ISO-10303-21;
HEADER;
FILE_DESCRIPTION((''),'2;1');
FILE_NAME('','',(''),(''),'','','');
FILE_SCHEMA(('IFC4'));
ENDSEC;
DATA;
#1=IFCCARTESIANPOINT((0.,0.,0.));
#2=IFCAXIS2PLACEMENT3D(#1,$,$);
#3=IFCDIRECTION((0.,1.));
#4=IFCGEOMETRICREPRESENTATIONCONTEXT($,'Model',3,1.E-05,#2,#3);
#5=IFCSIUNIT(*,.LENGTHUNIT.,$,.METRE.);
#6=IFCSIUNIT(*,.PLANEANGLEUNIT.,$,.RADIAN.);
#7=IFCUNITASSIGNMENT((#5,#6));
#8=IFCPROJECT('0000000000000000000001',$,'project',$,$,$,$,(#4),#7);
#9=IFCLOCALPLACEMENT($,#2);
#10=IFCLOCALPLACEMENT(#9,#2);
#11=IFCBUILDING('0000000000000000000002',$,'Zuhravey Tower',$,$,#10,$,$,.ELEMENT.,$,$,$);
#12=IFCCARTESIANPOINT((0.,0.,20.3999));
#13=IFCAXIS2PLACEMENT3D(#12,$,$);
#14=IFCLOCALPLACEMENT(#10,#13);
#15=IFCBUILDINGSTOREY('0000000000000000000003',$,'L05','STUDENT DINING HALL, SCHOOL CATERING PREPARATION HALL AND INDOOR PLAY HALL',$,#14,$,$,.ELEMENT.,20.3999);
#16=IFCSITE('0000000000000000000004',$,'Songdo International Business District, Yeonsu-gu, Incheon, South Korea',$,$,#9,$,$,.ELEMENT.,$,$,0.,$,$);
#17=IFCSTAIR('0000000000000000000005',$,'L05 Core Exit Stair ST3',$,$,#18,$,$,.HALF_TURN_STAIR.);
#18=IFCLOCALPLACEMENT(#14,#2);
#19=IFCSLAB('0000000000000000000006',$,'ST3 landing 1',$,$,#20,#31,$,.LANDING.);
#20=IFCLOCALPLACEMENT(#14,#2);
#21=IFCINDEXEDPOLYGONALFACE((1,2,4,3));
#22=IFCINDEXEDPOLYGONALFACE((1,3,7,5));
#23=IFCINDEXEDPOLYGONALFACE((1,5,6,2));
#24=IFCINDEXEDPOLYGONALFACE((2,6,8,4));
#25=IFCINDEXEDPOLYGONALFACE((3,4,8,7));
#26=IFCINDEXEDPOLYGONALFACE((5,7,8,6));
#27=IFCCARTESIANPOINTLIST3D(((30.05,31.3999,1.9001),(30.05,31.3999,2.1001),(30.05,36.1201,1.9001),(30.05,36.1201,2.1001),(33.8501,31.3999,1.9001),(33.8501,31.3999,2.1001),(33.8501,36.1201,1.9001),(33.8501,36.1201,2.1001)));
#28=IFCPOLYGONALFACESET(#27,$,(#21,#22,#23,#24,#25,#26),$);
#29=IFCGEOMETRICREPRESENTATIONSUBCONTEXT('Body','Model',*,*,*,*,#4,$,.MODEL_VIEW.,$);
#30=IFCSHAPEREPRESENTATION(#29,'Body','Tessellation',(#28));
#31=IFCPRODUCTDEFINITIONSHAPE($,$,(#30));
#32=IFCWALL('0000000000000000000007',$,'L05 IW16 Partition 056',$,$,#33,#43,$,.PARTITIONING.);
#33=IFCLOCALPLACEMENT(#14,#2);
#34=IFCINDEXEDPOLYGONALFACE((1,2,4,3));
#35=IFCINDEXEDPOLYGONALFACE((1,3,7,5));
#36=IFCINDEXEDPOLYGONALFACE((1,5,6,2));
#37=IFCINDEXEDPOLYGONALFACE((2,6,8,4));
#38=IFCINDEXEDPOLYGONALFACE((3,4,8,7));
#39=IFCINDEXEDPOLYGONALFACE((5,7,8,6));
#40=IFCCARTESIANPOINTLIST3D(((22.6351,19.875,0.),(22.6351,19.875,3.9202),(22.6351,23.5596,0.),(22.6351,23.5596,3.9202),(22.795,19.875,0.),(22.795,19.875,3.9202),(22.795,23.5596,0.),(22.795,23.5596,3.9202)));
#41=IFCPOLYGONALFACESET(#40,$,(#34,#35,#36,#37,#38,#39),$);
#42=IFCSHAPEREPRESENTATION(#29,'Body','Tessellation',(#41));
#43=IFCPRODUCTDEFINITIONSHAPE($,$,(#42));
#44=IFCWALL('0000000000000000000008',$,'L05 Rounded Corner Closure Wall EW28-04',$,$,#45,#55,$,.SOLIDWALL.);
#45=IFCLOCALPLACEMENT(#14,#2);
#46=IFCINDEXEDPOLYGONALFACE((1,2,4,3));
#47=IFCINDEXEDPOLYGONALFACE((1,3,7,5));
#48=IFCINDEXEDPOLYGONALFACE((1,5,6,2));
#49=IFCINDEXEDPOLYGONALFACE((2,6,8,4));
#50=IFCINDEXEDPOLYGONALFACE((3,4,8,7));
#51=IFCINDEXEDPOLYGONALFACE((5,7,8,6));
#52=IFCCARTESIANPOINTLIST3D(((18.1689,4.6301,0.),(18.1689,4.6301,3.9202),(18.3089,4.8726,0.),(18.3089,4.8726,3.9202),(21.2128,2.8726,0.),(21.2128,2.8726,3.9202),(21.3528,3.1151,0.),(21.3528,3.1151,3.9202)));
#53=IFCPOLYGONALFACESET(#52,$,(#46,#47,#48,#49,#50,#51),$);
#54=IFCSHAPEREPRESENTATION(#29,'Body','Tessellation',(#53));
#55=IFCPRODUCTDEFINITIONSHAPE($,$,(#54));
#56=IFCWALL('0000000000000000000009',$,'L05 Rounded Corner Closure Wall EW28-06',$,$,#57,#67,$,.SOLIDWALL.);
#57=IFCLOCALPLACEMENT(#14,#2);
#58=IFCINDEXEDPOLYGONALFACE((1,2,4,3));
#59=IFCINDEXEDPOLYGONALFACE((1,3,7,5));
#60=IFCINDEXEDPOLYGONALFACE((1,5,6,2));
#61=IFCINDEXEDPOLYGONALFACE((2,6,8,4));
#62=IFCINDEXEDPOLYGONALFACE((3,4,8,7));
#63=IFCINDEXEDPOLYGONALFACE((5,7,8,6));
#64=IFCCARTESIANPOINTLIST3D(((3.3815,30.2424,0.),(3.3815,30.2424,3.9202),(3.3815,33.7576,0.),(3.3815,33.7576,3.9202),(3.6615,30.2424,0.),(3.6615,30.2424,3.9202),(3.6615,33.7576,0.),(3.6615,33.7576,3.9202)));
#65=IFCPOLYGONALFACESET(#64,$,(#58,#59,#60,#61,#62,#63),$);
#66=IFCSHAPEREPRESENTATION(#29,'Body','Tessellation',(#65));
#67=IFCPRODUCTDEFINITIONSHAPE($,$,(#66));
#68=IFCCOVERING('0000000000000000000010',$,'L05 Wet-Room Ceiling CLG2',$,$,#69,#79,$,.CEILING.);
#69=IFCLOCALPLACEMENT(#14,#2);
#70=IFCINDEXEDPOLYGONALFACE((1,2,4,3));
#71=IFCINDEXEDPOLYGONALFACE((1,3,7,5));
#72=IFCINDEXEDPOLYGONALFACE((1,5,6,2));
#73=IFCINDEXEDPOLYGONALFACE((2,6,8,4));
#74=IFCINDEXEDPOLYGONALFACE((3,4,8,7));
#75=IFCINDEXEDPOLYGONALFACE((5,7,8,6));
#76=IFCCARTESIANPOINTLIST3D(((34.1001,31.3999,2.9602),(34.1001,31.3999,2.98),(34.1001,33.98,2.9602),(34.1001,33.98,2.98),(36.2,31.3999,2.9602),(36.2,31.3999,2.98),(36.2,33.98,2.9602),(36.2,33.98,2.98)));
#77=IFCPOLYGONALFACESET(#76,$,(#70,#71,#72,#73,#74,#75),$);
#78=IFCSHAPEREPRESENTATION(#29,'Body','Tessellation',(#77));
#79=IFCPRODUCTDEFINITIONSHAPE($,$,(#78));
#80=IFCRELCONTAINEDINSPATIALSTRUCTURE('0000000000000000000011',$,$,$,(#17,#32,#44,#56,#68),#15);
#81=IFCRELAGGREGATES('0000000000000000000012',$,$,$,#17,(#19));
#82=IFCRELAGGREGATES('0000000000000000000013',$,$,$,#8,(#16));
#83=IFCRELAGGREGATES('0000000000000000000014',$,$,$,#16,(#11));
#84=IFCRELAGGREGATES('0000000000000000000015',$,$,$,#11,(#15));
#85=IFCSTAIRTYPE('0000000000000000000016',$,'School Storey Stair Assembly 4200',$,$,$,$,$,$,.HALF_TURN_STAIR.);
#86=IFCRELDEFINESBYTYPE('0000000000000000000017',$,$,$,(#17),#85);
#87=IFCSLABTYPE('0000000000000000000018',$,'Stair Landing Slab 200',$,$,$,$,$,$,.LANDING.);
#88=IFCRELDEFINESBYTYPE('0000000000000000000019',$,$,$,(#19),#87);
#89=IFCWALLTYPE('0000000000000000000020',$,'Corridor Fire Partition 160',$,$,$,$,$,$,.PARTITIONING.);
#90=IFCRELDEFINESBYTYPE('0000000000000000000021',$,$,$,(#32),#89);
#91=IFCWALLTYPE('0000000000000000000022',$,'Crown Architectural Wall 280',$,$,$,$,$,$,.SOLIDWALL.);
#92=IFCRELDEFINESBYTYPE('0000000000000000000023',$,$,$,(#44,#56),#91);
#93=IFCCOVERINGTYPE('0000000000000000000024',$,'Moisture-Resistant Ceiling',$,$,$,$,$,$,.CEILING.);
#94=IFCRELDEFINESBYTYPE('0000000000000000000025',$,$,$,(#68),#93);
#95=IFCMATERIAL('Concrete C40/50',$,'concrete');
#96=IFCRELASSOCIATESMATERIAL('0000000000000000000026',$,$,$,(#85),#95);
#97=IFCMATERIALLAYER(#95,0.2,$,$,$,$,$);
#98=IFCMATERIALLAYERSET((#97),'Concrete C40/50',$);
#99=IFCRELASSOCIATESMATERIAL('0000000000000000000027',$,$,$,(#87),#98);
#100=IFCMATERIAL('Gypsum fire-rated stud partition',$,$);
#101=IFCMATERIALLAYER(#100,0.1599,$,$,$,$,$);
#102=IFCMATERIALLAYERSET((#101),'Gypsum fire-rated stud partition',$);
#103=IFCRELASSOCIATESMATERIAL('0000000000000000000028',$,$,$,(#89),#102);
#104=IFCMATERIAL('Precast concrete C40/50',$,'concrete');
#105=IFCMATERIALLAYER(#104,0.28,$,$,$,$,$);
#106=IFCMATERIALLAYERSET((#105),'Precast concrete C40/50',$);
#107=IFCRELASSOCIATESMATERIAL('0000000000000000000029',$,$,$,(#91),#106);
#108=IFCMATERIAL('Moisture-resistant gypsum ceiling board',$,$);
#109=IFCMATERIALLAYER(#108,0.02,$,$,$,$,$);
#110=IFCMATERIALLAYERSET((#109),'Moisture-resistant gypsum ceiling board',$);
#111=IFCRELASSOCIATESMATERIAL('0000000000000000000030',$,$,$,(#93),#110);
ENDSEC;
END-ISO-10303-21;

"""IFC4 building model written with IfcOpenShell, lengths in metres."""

from ifc_helpers import new_model, si_unit, direction, frame, frame_2d, origin, place, context, subcontext, project, spatial, polyline, rectangle, outline, extrude, material, layer, layer_set, type_object, element, aggregate, save


model = new_model("IFC4")

# Units and contexts
model_context = context("Model", 3, precision=1e-05, world=origin(), true_north=direction((0.0, 1.0)))
body_context = subcontext(model_context, "Body", "Model", "MODEL_VIEW")
ifc_project = project(units=[si_unit("LENGTHUNIT", "METRE"), si_unit("PLANEANGLEUNIT", "RADIAN")], contexts=[model_context])

# Site, building, storey
site_placement = place(None, origin())
site = spatial("IfcSite", under=ifc_project, at=site_placement, Name="Songdo International Business District, Yeonsu-gu, Incheon, South Korea", CompositionType="ELEMENT", RefElevation=0.0)
building_placement = place(site_placement, origin())
building = spatial("IfcBuilding", under=site, at=building_placement, Name="Zuhravey Tower", CompositionType="ELEMENT")
storey_placement = place(building_placement, frame((0.0, 0.0, 20.3999)))
storey = spatial("IfcBuildingStorey", under=building, at=storey_placement, Name="L05", Description="STUDENT DINING HALL, SCHOOL CATERING PREPARATION HALL AND INDOOR PLAY HALL", CompositionType="ELEMENT", Elevation=20.3999)

# Stair, slab
ifc_material_1 = material(Name="Concrete C40/50", Category="concrete")
stair_type = type_object("IfcStairType", Name="School Storey Stair Assembly 4200", PredefinedType="HALF_TURN_STAIR", material=ifc_material_1)
ifc_layer_1 = layer(ifc_material_1, 0.2)
ifc_layer_set_1 = layer_set([ifc_layer_1], Name="Concrete C40/50")
slab_type_1 = type_object("IfcSlabType", Name="Stair Landing Slab 200", PredefinedType="LANDING", material=ifc_layer_set_1)
stair_1_placement = place(storey_placement, origin())
stair_1 = element("IfcStair", 1, at=stair_1_placement, inside=storey, type_object=stair_type, Name="L05 Core Exit Stair ST3", PredefinedType="HALF_TURN_STAIR")
slab_1_placement = place(storey_placement, frame((0.0, 0.0, 1.9001)))
slab_1 = element("IfcSlab", 2, at=slab_1_placement, type_object=slab_type_1, Name="ST3 landing 1", PredefinedType="LANDING", context=body_context, shape_type="SweptSolid", body=[
    extrude(outline(polyline([(30.05, 36.1201), (30.05, 31.3999), (33.8501, 31.3999), (33.8501, 36.1201), (30.05, 36.1201)])), origin(), (0.0, 0.0, 1.0), 0.2),
])
aggregate(stair_1, [slab_1])

# Walls
ifc_material_2 = material(Name="Gypsum fire-rated stud partition")
ifc_layer_2 = layer(ifc_material_2, 0.1599)
ifc_layer_set_2 = layer_set([ifc_layer_2], Name="Gypsum fire-rated stud partition")
wall_type_1 = type_object("IfcWallType", Name="Corridor Fire Partition 160", PredefinedType="PARTITIONING", material=ifc_layer_set_2)
wall_1_placement = place(storey_placement, frame((22.7151, 23.5596, 0.0), z_axis=(0.0, 0.0, 1.0), x_axis=(0.0, -1.0, 0.0)))
element("IfcWall", 3, at=wall_1_placement, inside=storey, type_object=wall_type_1, Name="L05 IW16 Partition 056", PredefinedType="PARTITIONING", context=body_context, shape_type="SweptSolid", body=[
    extrude(rectangle(XDim=3.6846, YDim=0.1599, at=frame_2d((1.8423, 0.0))), origin(), (0.0, 0.0, 1.0), 3.9202),
])
ifc_material_3 = material(Name="Precast concrete C40/50", Category="concrete")
ifc_layer_3 = layer(ifc_material_3, 0.28)
ifc_layer_set_3 = layer_set([ifc_layer_3], Name="Precast concrete C40/50")
wall_type_2 = type_object("IfcWallType", Name="Crown Architectural Wall 280", PredefinedType="SOLIDWALL", material=ifc_layer_set_3)
wall_2_placement = place(storey_placement, frame((21.2827, 2.9939, 0.0), z_axis=(0.0, 0.0, 1.0), x_axis=(-0.866007, 0.500031, 0.0)))
element("IfcWall", 4, at=wall_2_placement, inside=storey, type_object=wall_type_2, Name="L05 Rounded Corner Closure Wall EW28-04", PredefinedType="SOLIDWALL", context=body_context, shape_type="SweptSolid", body=[
    extrude(rectangle(XDim=3.5149, YDim=0.28, at=frame_2d((1.7573, 0.0))), origin(), (0.0, 0.0, 1.0), 3.9202),
])
wall_3_placement = place(storey_placement, frame((3.5215, 30.2424, 0.0), z_axis=(0.0, 0.0, 1.0), x_axis=(0.0, 1.0, 0.0)))
element("IfcWall", 5, at=wall_3_placement, inside=storey, type_object=wall_type_2, Name="L05 Rounded Corner Closure Wall EW28-06", PredefinedType="SOLIDWALL", context=body_context, shape_type="SweptSolid", body=[
    extrude(rectangle(XDim=3.5151, YDim=0.28, at=frame_2d((1.7576, 0.0))), origin(), (0.0, 0.0, 1.0), 3.9202),
])

# Covering
ifc_material_4 = material(Name="Moisture-resistant gypsum ceiling board")
ifc_layer_4 = layer(ifc_material_4, 0.02)
ifc_layer_set_4 = layer_set([ifc_layer_4], Name="Moisture-resistant gypsum ceiling board")
covering_type = type_object("IfcCoveringType", Name="Moisture-Resistant Ceiling", PredefinedType="CEILING", material=ifc_layer_set_4)
covering_placement = place(storey_placement, frame((0.0, 0.0, 2.9602)))
element("IfcCovering", 6, at=covering_placement, inside=storey, type_object=covering_type, Name="L05 Wet-Room Ceiling CLG2", PredefinedType="CEILING", context=body_context, shape_type="SweptSolid", body=[
    extrude(outline(polyline([(36.2, 31.3999), (36.2, 33.98), (34.1001, 33.98), (34.1001, 31.3999), (36.2, 31.3999)])), origin(), (0.0, 0.0, 1.0), 0.0198),
])

save(model, "model.ifc")
